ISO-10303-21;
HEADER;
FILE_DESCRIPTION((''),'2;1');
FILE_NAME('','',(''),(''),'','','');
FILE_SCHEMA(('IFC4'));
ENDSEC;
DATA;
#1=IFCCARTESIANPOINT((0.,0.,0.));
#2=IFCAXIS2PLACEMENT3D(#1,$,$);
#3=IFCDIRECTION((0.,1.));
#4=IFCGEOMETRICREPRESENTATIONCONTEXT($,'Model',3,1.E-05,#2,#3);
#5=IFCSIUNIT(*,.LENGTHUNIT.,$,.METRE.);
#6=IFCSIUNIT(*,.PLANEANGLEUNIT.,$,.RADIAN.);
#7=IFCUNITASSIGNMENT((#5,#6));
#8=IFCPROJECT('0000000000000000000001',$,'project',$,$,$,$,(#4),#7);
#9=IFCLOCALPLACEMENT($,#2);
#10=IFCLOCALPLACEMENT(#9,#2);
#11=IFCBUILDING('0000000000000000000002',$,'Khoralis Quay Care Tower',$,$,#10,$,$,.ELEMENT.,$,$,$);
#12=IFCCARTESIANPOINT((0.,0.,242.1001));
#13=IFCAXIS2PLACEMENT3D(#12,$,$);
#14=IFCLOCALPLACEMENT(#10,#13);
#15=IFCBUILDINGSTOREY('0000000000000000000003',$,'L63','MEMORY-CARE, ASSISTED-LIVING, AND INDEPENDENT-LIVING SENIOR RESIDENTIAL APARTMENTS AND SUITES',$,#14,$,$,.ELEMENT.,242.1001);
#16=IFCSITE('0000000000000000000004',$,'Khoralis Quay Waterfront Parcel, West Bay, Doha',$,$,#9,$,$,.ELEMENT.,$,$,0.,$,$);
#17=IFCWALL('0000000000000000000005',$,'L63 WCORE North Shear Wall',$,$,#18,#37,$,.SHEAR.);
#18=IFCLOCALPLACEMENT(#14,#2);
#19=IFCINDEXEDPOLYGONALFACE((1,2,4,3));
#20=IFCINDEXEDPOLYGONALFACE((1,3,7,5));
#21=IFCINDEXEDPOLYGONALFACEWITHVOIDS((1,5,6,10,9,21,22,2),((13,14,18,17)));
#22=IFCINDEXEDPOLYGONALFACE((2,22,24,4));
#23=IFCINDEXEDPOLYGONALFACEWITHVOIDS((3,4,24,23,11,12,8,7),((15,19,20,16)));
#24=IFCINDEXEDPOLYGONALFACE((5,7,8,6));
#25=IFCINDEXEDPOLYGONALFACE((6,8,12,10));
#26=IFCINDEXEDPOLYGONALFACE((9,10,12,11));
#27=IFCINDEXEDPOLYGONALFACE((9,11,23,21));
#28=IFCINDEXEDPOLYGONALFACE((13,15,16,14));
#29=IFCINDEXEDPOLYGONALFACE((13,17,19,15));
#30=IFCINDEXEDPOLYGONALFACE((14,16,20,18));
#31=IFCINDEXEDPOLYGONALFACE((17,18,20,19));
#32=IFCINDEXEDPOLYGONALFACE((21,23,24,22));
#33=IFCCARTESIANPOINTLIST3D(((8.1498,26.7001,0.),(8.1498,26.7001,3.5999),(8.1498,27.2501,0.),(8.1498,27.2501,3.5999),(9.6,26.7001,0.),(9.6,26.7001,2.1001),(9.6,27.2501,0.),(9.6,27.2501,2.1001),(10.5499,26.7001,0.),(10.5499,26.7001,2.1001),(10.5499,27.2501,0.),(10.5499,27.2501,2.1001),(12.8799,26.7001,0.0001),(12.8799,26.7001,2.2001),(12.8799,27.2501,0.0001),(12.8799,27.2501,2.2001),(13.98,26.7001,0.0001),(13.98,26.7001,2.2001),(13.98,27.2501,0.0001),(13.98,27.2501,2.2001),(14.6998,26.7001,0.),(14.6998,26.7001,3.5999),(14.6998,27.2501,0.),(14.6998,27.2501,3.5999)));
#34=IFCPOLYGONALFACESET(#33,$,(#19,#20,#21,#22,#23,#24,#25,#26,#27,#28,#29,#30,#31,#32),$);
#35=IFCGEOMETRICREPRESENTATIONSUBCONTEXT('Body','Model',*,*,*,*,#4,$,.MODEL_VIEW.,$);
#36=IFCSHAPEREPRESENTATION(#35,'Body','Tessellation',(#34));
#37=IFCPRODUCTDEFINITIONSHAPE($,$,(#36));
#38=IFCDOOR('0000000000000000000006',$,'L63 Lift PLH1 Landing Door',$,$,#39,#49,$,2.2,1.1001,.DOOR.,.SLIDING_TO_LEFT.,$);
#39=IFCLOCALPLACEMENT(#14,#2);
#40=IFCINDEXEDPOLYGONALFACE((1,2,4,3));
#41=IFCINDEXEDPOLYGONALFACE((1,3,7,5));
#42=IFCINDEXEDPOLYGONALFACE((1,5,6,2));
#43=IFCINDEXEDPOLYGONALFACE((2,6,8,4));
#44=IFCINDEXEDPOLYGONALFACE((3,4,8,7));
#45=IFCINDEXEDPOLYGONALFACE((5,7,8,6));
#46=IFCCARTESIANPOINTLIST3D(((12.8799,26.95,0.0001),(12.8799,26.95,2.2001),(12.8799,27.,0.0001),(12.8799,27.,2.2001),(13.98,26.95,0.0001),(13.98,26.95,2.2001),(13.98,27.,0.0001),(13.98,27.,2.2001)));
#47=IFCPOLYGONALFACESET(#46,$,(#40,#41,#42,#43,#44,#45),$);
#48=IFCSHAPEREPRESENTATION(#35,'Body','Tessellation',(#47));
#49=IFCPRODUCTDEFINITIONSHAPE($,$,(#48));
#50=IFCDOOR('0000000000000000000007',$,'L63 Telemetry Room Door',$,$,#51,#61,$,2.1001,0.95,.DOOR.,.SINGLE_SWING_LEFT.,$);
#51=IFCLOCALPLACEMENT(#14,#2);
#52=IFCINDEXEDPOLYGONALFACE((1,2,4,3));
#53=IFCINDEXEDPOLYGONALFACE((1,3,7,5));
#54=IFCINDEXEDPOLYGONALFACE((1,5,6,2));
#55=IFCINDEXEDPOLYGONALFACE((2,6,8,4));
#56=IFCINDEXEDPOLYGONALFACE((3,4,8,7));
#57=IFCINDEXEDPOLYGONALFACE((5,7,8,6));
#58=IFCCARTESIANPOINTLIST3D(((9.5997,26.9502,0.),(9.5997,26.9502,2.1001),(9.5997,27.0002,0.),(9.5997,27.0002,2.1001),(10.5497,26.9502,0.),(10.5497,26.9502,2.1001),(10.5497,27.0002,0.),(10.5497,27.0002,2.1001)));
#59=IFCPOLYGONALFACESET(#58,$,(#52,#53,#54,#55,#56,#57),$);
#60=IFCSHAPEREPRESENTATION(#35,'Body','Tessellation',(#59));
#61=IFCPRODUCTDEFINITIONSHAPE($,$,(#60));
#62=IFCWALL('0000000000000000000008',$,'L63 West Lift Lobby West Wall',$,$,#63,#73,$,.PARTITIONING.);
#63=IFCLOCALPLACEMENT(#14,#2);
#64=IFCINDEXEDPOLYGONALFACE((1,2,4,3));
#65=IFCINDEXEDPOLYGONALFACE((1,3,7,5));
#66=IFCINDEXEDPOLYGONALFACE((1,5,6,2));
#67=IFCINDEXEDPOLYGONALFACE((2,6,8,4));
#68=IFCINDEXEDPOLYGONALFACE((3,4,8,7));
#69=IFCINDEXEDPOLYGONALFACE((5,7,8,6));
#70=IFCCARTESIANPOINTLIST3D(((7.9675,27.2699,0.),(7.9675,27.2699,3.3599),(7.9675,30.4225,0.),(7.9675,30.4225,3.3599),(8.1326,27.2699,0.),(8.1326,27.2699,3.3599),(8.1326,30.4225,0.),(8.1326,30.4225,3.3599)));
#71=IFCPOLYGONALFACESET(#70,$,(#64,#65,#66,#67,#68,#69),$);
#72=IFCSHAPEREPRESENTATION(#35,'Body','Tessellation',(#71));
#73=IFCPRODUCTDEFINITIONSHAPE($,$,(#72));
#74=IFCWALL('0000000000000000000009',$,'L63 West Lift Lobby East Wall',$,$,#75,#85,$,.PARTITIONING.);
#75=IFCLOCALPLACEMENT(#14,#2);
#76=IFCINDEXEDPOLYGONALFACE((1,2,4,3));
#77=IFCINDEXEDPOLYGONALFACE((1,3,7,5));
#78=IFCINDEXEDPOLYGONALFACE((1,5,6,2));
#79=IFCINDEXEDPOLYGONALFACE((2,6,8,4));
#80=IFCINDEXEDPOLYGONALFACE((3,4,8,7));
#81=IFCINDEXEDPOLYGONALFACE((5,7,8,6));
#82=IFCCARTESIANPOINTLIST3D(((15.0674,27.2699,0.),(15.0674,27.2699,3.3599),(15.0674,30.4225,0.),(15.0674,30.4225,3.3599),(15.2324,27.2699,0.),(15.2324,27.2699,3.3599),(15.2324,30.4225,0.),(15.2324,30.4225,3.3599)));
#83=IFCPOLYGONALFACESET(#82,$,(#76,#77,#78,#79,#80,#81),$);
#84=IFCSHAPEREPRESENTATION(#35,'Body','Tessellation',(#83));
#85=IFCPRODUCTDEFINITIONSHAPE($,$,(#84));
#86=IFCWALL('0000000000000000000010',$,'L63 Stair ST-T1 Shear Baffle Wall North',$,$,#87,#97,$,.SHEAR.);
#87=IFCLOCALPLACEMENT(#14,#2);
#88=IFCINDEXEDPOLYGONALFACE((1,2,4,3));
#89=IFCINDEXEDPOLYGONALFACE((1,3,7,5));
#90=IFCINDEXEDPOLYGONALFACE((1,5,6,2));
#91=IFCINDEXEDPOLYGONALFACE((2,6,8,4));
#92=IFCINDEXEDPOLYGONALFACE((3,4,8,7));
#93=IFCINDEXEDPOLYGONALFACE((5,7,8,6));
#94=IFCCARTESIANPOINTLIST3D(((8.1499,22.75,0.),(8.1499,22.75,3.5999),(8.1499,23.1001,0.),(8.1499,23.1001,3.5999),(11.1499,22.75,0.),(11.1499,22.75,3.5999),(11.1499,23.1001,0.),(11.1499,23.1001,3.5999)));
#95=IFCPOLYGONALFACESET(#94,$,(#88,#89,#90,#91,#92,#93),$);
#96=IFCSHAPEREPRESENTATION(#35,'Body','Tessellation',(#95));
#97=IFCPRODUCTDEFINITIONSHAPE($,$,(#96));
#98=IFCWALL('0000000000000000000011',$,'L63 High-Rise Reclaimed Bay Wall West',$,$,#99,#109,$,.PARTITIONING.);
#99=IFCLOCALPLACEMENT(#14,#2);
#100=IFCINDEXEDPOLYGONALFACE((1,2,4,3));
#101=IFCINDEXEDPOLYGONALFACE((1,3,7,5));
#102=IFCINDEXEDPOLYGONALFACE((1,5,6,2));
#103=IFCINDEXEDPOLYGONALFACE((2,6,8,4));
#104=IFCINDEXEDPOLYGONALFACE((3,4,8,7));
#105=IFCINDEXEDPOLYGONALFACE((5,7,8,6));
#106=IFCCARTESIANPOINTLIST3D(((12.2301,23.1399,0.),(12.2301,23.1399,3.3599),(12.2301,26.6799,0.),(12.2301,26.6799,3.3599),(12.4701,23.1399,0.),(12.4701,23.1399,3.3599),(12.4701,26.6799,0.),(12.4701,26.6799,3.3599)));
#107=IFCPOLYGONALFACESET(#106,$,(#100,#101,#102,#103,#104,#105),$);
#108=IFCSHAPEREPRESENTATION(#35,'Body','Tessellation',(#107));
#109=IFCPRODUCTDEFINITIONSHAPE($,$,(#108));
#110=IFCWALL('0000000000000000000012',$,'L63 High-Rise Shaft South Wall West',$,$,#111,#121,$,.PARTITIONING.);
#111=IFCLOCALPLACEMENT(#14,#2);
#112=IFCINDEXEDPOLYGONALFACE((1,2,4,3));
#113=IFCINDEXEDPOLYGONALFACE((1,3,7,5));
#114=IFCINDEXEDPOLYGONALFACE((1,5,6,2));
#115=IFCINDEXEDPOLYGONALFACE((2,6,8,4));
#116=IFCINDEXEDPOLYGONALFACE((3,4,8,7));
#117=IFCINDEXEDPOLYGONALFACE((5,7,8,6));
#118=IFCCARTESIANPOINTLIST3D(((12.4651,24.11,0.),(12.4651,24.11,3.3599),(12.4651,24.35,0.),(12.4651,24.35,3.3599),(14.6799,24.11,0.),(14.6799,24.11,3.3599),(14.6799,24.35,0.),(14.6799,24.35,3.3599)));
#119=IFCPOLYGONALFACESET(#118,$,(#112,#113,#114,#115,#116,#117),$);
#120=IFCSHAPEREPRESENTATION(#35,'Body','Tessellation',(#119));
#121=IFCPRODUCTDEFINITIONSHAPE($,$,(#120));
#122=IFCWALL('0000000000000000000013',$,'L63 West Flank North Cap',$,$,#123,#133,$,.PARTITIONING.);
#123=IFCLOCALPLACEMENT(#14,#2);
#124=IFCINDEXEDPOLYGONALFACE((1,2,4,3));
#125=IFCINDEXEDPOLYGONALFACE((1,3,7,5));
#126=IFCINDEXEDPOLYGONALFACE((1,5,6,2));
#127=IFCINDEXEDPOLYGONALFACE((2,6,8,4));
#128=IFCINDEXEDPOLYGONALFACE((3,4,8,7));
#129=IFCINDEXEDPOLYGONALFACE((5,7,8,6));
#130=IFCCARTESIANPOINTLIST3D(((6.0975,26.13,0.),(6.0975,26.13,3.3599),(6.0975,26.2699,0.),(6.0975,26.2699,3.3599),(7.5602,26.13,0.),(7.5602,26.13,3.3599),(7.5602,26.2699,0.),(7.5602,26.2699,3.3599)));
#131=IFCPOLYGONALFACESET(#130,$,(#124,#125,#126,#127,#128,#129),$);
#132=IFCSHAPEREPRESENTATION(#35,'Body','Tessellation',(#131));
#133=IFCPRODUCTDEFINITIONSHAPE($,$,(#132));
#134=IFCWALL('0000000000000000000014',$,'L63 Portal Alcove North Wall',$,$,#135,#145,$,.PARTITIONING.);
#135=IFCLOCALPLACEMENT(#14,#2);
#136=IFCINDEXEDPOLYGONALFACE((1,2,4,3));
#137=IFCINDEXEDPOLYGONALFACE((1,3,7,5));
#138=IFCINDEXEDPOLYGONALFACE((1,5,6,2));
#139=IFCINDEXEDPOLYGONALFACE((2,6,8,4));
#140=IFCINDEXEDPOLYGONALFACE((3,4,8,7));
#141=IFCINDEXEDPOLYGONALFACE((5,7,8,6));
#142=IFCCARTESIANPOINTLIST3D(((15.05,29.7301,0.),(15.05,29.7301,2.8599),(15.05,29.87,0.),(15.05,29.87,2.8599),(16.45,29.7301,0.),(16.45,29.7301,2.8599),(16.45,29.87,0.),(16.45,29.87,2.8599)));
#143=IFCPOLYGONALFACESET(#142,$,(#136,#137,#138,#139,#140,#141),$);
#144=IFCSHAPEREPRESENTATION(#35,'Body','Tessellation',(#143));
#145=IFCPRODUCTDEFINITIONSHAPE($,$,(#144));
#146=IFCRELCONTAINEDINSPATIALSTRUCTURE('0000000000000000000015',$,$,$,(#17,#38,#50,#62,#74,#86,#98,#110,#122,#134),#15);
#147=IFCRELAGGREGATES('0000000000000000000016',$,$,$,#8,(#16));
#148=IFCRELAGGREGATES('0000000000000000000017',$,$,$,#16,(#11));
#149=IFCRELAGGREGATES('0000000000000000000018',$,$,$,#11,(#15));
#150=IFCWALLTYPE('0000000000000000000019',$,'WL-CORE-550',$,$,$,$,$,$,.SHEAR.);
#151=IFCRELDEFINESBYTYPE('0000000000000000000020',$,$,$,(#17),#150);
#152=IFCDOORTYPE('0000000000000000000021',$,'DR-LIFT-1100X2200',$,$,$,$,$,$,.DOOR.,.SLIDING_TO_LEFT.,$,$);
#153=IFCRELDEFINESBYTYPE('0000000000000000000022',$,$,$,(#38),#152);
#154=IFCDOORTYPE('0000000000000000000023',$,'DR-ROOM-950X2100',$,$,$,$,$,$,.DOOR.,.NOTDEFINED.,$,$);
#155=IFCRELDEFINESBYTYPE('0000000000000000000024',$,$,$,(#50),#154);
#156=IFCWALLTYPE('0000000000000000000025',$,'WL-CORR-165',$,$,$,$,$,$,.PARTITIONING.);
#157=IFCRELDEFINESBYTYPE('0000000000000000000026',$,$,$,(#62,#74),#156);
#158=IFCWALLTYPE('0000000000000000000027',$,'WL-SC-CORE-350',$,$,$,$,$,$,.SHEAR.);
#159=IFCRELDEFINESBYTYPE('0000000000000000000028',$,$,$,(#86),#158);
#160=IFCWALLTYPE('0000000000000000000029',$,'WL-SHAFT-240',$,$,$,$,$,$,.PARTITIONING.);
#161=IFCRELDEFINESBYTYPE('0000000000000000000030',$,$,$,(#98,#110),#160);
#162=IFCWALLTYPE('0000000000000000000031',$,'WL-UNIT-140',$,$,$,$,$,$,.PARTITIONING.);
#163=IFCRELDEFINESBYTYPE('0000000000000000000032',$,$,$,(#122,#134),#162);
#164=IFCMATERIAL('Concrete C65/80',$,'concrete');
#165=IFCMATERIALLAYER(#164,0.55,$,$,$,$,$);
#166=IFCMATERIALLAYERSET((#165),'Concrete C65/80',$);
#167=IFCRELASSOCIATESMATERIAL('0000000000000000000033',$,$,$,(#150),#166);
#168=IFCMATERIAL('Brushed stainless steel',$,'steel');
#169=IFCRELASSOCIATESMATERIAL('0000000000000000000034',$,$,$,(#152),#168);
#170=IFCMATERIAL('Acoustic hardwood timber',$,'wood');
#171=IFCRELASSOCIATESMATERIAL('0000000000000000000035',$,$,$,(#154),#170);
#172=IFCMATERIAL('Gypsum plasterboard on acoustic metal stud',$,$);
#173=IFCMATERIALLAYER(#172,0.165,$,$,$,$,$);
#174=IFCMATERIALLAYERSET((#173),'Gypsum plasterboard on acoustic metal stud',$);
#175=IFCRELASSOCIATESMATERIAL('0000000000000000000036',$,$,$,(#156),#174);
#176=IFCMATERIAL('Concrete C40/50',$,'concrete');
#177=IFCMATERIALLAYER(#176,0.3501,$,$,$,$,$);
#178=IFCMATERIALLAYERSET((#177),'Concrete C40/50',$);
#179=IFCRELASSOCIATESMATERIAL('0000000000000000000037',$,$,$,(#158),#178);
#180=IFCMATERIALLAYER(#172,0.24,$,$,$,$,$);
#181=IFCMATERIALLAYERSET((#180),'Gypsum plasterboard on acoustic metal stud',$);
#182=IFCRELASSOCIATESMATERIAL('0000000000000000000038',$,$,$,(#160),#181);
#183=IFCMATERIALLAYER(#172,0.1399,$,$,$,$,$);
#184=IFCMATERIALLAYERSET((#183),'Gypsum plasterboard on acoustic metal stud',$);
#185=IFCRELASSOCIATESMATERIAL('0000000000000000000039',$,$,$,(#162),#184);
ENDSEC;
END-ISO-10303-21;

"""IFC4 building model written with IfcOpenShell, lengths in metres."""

from ifc_helpers import new_model, si_unit, direction, frame, frame_2d, origin, place, context, subcontext, project, spatial, rectangle, extrude, source, transform, mapped, material, layer, layer_set, type_object, element, fill, save


model = new_model("IFC4")

# Units and contexts
model_context = context("Model", 3, precision=1e-05, world=origin(), true_north=direction((0.0, 1.0)))
body_context = subcontext(model_context, "Body", "Model", "MODEL_VIEW")
ifc_project = project(units=[si_unit("LENGTHUNIT", "METRE"), si_unit("PLANEANGLEUNIT", "RADIAN")], contexts=[model_context])

# Site, building, storey
site_placement = place(None, origin())
site = spatial("IfcSite", under=ifc_project, at=site_placement, Name="Khoralis Quay Waterfront Parcel, West Bay, Doha", CompositionType="ELEMENT", RefElevation=0.0)
building_placement = place(site_placement, origin())
building = spatial("IfcBuilding", under=site, at=building_placement, Name="Khoralis Quay Care Tower", CompositionType="ELEMENT")
storey_placement = place(building_placement, frame((0.0, 0.0, 242.1001)))
storey = spatial("IfcBuildingStorey", under=building, at=storey_placement, Name="L63", Description="MEMORY-CARE, ASSISTED-LIVING, AND INDEPENDENT-LIVING SENIOR RESIDENTIAL APARTMENTS AND SUITES", CompositionType="ELEMENT", Elevation=242.1001)

# Wall, openings, doors
ifc_material_1 = material(Name="Concrete C65/80", Category="concrete")
ifc_layer_1 = layer(ifc_material_1, 0.55)
ifc_layer_set_1 = layer_set([ifc_layer_1], Name="Concrete C65/80")
wall_type_1 = type_object("IfcWallType", Name="WL-CORE-550", PredefinedType="SHEAR", material=ifc_layer_set_1)
wall_1_placement = place(storey_placement, frame((8.1499, 26.9751, 0.0), z_axis=(0.0, 0.0, 1.0), x_axis=(1.0, 0.0, 0.0)))
wall_1 = element("IfcWall", 1, at=wall_1_placement, inside=storey, type_object=wall_type_1, Name="L63 WCORE North Shear Wall", PredefinedType="SHEAR", context=body_context, shape_type="SweptSolid", body=[
    extrude(rectangle(XDim=6.55, YDim=0.55, at=frame_2d((3.2749, 0.0))), origin(), (0.0, 0.0, 1.0), 3.5999),
])
opening_1_placement = place(wall_1_placement, frame((1.45, 0.0, 0.0)))
opening_1 = element("IfcOpeningElement", 2, at=opening_1_placement, cuts=wall_1, PredefinedType="OPENING", context=body_context, shape_type="SweptSolid", body=[
    extrude(rectangle(XDim=0.95, YDim=2.1001, at=frame_2d((0.4751, 1.05))), frame((0.0, 0.2852, 0.0), z_axis=(0.0, -1.0, 0.0), x_axis=(1.0, 0.0, 0.0)), (0.0, 0.0, 1.0), 0.5701),
])
opening_2_placement = place(wall_1_placement, frame((4.73, 0.0, 0.0)))
opening_2 = element("IfcOpeningElement", 3, at=opening_2_placement, cuts=wall_1, PredefinedType="OPENING", context=body_context, shape_type="SweptSolid", body=[
    extrude(rectangle(XDim=1.1001, YDim=2.2, at=frame_2d((0.55, 1.1001))), frame((0.0, 0.2852, 0.0), z_axis=(0.0, -1.0, 0.0), x_axis=(1.0, 0.0, 0.0)), (0.0, 0.0, 1.0), 0.5701),
])
ifc_material_2 = material(Name="Brushed stainless steel", Category="steel")
door_type_1 = type_object("IfcDoorType", Name="DR-LIFT-1100X2200", OperationType="SLIDING_TO_LEFT", PredefinedType="DOOR", material=ifc_material_2)
shared_shape_1 = source(origin(), body_context, "Body", "SweptSolid", [
    extrude(rectangle(XDim=1.1001, YDim=2.2, at=frame_2d((0.55, 1.1001))), frame((0.0, 0.0249, 0.0), z_axis=(0.0, -1.0, 0.0), x_axis=(1.0, 0.0, 0.0)), (0.0, 0.0, 1.0), 0.05),
])
door_1_placement = place(opening_2_placement, origin())
door_1 = element("IfcDoor", 4, at=door_1_placement, inside=storey, type_object=door_type_1, Name="L63 Lift PLH1 Landing Door", OperationType="SLIDING_TO_LEFT", OverallHeight=2.2, OverallWidth=1.1001, PredefinedType="DOOR", context=body_context, shape_type="MappedRepresentation", body=[
    mapped(shared_shape_1, transform((0.0, 0.0, 0.0), scale=1.0)),
])
fill(opening_2, door_1)
ifc_material_3 = material(Name="Acoustic hardwood timber", Category="wood")
door_type_2 = type_object("IfcDoorType", Name="DR-ROOM-950X2100", OperationType="NOTDEFINED", PredefinedType="DOOR", material=ifc_material_3)
shared_shape_2 = source(origin(), body_context, "Body", "SweptSolid", [
    extrude(rectangle(XDim=0.95, YDim=2.1001, at=frame_2d((0.4751, 1.05))), frame((0.0, 0.0249, 0.0), z_axis=(0.0, -1.0, 0.0), x_axis=(1.0, 0.0, 0.0)), (0.0, 0.0, 1.0), 0.05),
])
door_2_placement = place(opening_1_placement, frame((0.95, 0.0, 0.0), z_axis=(0.0, 0.0, 1.0), x_axis=(-1.0, 0.0, 0.0)))
door_2 = element("IfcDoor", 5, at=door_2_placement, inside=storey, type_object=door_type_2, Name="L63 Telemetry Room Door", OperationType="SINGLE_SWING_LEFT", OverallHeight=2.1001, OverallWidth=0.95, PredefinedType="DOOR", context=body_context, shape_type="MappedRepresentation", body=[
    mapped(shared_shape_2, transform((0.0, 0.0, 0.0), scale=1.0)),
])
fill(opening_1, door_2)

# Walls
ifc_material_4 = material(Name="Gypsum plasterboard on acoustic metal stud")
ifc_layer_2 = layer(ifc_material_4, 0.165)
ifc_layer_set_2 = layer_set([ifc_layer_2], Name="Gypsum plasterboard on acoustic metal stud")
wall_type_2 = type_object("IfcWallType", Name="WL-CORR-165", PredefinedType="PARTITIONING", material=ifc_layer_set_2)
for number, where, z_axis, x_axis, name in (
    (6, (8.05, 27.27, 0.0), (0.0, 0.0, 1.0), (0.0, 1.0, 0.0), "L63 West Lift Lobby West Wall"),
    (7, (15.1499, 27.27, 0.0), (0.0, 0.0, 1.0), (0.0, 1.0, 0.0), "L63 West Lift Lobby East Wall"),
):
    element("IfcWall", number, at=place(storey_placement, frame(where, z_axis=z_axis, x_axis=x_axis)), inside=storey, type_object=wall_type_2, Name=name, PredefinedType="PARTITIONING", context=body_context, shape_type="SweptSolid", body=[
        extrude(rectangle(XDim=3.1526, YDim=0.165, at=frame_2d((1.5762, 0.0))), origin(), (0.0, 0.0, 1.0), 3.3599),
    ])
ifc_material_5 = material(Name="Concrete C40/50", Category="concrete")
ifc_layer_3 = layer(ifc_material_5, 0.3501)
ifc_layer_set_3 = layer_set([ifc_layer_3], Name="Concrete C40/50")
wall_type_3 = type_object("IfcWallType", Name="WL-SC-CORE-350", PredefinedType="SHEAR", material=ifc_layer_set_3)
wall_2_placement = place(storey_placement, frame((8.1499, 22.925, 0.0), z_axis=(0.0, 0.0, 1.0), x_axis=(1.0, 0.0, 0.0)))
element("IfcWall", 8, at=wall_2_placement, inside=storey, type_object=wall_type_3, Name="L63 Stair ST-T1 Shear Baffle Wall North", PredefinedType="SHEAR", context=body_context, shape_type="SweptSolid", body=[
    extrude(rectangle(XDim=3.0, YDim=0.3501, at=frame_2d((1.5, 0.0))), origin(), (0.0, 0.0, 1.0), 3.5999),
])
ifc_layer_4 = layer(ifc_material_4, 0.24)
ifc_layer_set_4 = layer_set([ifc_layer_4], Name="Gypsum plasterboard on acoustic metal stud")
wall_type_4 = type_object("IfcWallType", Name="WL-SHAFT-240", PredefinedType="PARTITIONING", material=ifc_layer_set_4)
wall_3_placement = place(storey_placement, frame((12.3501, 23.1399, 0.0), z_axis=(0.0, 0.0, 1.0), x_axis=(0.0, 1.0, 0.0)))
element("IfcWall", 9, at=wall_3_placement, inside=storey, type_object=wall_type_4, Name="L63 High-Rise Reclaimed Bay Wall West", PredefinedType="PARTITIONING", context=body_context, shape_type="SweptSolid", body=[
    extrude(rectangle(XDim=3.54, YDim=0.24, at=frame_2d((1.77, 0.0))), origin(), (0.0, 0.0, 1.0), 3.3599),
])
wall_4_placement = place(storey_placement, frame((12.4651, 24.23, 0.0), z_axis=(0.0, 0.0, 1.0), x_axis=(1.0, 0.0, 0.0)))
element("IfcWall", 10, at=wall_4_placement, inside=storey, type_object=wall_type_4, Name="L63 High-Rise Shaft South Wall West", PredefinedType="PARTITIONING", context=body_context, shape_type="SweptSolid", body=[
    extrude(rectangle(XDim=2.2148, YDim=0.24, at=frame_2d((1.1074, 0.0))), origin(), (0.0, 0.0, 1.0), 3.3599),
])
ifc_layer_5 = layer(ifc_material_4, 0.1399)
ifc_layer_set_5 = layer_set([ifc_layer_5], Name="Gypsum plasterboard on acoustic metal stud")
wall_type_5 = type_object("IfcWallType", Name="WL-UNIT-140", PredefinedType="PARTITIONING", material=ifc_layer_set_5)
wall_5_placement = place(storey_placement, frame((6.0974, 26.2, 0.0), z_axis=(0.0, 0.0, 1.0), x_axis=(1.0, 0.0, 0.0)))
element("IfcWall", 11, at=wall_5_placement, inside=storey, type_object=wall_type_5, Name="L63 West Flank North Cap", PredefinedType="PARTITIONING", context=body_context, shape_type="SweptSolid", body=[
    extrude(rectangle(XDim=1.4626, YDim=0.1399, at=frame_2d((0.7314, 0.0))), origin(), (0.0, 0.0, 1.0), 3.3599),
])
wall_6_placement = place(storey_placement, frame((15.05, 29.8, 0.0), z_axis=(0.0, 0.0, 1.0), x_axis=(1.0, 0.0, 0.0)))
element("IfcWall", 12, at=wall_6_placement, inside=storey, type_object=wall_type_5, Name="L63 Portal Alcove North Wall", PredefinedType="PARTITIONING", context=body_context, shape_type="SweptSolid", body=[
    extrude(rectangle(XDim=1.3999, YDim=0.1399, at=frame_2d((0.7, 0.0))), origin(), (0.0, 0.0, 1.0), 2.8599),
])

save(model, "model.ifc")
